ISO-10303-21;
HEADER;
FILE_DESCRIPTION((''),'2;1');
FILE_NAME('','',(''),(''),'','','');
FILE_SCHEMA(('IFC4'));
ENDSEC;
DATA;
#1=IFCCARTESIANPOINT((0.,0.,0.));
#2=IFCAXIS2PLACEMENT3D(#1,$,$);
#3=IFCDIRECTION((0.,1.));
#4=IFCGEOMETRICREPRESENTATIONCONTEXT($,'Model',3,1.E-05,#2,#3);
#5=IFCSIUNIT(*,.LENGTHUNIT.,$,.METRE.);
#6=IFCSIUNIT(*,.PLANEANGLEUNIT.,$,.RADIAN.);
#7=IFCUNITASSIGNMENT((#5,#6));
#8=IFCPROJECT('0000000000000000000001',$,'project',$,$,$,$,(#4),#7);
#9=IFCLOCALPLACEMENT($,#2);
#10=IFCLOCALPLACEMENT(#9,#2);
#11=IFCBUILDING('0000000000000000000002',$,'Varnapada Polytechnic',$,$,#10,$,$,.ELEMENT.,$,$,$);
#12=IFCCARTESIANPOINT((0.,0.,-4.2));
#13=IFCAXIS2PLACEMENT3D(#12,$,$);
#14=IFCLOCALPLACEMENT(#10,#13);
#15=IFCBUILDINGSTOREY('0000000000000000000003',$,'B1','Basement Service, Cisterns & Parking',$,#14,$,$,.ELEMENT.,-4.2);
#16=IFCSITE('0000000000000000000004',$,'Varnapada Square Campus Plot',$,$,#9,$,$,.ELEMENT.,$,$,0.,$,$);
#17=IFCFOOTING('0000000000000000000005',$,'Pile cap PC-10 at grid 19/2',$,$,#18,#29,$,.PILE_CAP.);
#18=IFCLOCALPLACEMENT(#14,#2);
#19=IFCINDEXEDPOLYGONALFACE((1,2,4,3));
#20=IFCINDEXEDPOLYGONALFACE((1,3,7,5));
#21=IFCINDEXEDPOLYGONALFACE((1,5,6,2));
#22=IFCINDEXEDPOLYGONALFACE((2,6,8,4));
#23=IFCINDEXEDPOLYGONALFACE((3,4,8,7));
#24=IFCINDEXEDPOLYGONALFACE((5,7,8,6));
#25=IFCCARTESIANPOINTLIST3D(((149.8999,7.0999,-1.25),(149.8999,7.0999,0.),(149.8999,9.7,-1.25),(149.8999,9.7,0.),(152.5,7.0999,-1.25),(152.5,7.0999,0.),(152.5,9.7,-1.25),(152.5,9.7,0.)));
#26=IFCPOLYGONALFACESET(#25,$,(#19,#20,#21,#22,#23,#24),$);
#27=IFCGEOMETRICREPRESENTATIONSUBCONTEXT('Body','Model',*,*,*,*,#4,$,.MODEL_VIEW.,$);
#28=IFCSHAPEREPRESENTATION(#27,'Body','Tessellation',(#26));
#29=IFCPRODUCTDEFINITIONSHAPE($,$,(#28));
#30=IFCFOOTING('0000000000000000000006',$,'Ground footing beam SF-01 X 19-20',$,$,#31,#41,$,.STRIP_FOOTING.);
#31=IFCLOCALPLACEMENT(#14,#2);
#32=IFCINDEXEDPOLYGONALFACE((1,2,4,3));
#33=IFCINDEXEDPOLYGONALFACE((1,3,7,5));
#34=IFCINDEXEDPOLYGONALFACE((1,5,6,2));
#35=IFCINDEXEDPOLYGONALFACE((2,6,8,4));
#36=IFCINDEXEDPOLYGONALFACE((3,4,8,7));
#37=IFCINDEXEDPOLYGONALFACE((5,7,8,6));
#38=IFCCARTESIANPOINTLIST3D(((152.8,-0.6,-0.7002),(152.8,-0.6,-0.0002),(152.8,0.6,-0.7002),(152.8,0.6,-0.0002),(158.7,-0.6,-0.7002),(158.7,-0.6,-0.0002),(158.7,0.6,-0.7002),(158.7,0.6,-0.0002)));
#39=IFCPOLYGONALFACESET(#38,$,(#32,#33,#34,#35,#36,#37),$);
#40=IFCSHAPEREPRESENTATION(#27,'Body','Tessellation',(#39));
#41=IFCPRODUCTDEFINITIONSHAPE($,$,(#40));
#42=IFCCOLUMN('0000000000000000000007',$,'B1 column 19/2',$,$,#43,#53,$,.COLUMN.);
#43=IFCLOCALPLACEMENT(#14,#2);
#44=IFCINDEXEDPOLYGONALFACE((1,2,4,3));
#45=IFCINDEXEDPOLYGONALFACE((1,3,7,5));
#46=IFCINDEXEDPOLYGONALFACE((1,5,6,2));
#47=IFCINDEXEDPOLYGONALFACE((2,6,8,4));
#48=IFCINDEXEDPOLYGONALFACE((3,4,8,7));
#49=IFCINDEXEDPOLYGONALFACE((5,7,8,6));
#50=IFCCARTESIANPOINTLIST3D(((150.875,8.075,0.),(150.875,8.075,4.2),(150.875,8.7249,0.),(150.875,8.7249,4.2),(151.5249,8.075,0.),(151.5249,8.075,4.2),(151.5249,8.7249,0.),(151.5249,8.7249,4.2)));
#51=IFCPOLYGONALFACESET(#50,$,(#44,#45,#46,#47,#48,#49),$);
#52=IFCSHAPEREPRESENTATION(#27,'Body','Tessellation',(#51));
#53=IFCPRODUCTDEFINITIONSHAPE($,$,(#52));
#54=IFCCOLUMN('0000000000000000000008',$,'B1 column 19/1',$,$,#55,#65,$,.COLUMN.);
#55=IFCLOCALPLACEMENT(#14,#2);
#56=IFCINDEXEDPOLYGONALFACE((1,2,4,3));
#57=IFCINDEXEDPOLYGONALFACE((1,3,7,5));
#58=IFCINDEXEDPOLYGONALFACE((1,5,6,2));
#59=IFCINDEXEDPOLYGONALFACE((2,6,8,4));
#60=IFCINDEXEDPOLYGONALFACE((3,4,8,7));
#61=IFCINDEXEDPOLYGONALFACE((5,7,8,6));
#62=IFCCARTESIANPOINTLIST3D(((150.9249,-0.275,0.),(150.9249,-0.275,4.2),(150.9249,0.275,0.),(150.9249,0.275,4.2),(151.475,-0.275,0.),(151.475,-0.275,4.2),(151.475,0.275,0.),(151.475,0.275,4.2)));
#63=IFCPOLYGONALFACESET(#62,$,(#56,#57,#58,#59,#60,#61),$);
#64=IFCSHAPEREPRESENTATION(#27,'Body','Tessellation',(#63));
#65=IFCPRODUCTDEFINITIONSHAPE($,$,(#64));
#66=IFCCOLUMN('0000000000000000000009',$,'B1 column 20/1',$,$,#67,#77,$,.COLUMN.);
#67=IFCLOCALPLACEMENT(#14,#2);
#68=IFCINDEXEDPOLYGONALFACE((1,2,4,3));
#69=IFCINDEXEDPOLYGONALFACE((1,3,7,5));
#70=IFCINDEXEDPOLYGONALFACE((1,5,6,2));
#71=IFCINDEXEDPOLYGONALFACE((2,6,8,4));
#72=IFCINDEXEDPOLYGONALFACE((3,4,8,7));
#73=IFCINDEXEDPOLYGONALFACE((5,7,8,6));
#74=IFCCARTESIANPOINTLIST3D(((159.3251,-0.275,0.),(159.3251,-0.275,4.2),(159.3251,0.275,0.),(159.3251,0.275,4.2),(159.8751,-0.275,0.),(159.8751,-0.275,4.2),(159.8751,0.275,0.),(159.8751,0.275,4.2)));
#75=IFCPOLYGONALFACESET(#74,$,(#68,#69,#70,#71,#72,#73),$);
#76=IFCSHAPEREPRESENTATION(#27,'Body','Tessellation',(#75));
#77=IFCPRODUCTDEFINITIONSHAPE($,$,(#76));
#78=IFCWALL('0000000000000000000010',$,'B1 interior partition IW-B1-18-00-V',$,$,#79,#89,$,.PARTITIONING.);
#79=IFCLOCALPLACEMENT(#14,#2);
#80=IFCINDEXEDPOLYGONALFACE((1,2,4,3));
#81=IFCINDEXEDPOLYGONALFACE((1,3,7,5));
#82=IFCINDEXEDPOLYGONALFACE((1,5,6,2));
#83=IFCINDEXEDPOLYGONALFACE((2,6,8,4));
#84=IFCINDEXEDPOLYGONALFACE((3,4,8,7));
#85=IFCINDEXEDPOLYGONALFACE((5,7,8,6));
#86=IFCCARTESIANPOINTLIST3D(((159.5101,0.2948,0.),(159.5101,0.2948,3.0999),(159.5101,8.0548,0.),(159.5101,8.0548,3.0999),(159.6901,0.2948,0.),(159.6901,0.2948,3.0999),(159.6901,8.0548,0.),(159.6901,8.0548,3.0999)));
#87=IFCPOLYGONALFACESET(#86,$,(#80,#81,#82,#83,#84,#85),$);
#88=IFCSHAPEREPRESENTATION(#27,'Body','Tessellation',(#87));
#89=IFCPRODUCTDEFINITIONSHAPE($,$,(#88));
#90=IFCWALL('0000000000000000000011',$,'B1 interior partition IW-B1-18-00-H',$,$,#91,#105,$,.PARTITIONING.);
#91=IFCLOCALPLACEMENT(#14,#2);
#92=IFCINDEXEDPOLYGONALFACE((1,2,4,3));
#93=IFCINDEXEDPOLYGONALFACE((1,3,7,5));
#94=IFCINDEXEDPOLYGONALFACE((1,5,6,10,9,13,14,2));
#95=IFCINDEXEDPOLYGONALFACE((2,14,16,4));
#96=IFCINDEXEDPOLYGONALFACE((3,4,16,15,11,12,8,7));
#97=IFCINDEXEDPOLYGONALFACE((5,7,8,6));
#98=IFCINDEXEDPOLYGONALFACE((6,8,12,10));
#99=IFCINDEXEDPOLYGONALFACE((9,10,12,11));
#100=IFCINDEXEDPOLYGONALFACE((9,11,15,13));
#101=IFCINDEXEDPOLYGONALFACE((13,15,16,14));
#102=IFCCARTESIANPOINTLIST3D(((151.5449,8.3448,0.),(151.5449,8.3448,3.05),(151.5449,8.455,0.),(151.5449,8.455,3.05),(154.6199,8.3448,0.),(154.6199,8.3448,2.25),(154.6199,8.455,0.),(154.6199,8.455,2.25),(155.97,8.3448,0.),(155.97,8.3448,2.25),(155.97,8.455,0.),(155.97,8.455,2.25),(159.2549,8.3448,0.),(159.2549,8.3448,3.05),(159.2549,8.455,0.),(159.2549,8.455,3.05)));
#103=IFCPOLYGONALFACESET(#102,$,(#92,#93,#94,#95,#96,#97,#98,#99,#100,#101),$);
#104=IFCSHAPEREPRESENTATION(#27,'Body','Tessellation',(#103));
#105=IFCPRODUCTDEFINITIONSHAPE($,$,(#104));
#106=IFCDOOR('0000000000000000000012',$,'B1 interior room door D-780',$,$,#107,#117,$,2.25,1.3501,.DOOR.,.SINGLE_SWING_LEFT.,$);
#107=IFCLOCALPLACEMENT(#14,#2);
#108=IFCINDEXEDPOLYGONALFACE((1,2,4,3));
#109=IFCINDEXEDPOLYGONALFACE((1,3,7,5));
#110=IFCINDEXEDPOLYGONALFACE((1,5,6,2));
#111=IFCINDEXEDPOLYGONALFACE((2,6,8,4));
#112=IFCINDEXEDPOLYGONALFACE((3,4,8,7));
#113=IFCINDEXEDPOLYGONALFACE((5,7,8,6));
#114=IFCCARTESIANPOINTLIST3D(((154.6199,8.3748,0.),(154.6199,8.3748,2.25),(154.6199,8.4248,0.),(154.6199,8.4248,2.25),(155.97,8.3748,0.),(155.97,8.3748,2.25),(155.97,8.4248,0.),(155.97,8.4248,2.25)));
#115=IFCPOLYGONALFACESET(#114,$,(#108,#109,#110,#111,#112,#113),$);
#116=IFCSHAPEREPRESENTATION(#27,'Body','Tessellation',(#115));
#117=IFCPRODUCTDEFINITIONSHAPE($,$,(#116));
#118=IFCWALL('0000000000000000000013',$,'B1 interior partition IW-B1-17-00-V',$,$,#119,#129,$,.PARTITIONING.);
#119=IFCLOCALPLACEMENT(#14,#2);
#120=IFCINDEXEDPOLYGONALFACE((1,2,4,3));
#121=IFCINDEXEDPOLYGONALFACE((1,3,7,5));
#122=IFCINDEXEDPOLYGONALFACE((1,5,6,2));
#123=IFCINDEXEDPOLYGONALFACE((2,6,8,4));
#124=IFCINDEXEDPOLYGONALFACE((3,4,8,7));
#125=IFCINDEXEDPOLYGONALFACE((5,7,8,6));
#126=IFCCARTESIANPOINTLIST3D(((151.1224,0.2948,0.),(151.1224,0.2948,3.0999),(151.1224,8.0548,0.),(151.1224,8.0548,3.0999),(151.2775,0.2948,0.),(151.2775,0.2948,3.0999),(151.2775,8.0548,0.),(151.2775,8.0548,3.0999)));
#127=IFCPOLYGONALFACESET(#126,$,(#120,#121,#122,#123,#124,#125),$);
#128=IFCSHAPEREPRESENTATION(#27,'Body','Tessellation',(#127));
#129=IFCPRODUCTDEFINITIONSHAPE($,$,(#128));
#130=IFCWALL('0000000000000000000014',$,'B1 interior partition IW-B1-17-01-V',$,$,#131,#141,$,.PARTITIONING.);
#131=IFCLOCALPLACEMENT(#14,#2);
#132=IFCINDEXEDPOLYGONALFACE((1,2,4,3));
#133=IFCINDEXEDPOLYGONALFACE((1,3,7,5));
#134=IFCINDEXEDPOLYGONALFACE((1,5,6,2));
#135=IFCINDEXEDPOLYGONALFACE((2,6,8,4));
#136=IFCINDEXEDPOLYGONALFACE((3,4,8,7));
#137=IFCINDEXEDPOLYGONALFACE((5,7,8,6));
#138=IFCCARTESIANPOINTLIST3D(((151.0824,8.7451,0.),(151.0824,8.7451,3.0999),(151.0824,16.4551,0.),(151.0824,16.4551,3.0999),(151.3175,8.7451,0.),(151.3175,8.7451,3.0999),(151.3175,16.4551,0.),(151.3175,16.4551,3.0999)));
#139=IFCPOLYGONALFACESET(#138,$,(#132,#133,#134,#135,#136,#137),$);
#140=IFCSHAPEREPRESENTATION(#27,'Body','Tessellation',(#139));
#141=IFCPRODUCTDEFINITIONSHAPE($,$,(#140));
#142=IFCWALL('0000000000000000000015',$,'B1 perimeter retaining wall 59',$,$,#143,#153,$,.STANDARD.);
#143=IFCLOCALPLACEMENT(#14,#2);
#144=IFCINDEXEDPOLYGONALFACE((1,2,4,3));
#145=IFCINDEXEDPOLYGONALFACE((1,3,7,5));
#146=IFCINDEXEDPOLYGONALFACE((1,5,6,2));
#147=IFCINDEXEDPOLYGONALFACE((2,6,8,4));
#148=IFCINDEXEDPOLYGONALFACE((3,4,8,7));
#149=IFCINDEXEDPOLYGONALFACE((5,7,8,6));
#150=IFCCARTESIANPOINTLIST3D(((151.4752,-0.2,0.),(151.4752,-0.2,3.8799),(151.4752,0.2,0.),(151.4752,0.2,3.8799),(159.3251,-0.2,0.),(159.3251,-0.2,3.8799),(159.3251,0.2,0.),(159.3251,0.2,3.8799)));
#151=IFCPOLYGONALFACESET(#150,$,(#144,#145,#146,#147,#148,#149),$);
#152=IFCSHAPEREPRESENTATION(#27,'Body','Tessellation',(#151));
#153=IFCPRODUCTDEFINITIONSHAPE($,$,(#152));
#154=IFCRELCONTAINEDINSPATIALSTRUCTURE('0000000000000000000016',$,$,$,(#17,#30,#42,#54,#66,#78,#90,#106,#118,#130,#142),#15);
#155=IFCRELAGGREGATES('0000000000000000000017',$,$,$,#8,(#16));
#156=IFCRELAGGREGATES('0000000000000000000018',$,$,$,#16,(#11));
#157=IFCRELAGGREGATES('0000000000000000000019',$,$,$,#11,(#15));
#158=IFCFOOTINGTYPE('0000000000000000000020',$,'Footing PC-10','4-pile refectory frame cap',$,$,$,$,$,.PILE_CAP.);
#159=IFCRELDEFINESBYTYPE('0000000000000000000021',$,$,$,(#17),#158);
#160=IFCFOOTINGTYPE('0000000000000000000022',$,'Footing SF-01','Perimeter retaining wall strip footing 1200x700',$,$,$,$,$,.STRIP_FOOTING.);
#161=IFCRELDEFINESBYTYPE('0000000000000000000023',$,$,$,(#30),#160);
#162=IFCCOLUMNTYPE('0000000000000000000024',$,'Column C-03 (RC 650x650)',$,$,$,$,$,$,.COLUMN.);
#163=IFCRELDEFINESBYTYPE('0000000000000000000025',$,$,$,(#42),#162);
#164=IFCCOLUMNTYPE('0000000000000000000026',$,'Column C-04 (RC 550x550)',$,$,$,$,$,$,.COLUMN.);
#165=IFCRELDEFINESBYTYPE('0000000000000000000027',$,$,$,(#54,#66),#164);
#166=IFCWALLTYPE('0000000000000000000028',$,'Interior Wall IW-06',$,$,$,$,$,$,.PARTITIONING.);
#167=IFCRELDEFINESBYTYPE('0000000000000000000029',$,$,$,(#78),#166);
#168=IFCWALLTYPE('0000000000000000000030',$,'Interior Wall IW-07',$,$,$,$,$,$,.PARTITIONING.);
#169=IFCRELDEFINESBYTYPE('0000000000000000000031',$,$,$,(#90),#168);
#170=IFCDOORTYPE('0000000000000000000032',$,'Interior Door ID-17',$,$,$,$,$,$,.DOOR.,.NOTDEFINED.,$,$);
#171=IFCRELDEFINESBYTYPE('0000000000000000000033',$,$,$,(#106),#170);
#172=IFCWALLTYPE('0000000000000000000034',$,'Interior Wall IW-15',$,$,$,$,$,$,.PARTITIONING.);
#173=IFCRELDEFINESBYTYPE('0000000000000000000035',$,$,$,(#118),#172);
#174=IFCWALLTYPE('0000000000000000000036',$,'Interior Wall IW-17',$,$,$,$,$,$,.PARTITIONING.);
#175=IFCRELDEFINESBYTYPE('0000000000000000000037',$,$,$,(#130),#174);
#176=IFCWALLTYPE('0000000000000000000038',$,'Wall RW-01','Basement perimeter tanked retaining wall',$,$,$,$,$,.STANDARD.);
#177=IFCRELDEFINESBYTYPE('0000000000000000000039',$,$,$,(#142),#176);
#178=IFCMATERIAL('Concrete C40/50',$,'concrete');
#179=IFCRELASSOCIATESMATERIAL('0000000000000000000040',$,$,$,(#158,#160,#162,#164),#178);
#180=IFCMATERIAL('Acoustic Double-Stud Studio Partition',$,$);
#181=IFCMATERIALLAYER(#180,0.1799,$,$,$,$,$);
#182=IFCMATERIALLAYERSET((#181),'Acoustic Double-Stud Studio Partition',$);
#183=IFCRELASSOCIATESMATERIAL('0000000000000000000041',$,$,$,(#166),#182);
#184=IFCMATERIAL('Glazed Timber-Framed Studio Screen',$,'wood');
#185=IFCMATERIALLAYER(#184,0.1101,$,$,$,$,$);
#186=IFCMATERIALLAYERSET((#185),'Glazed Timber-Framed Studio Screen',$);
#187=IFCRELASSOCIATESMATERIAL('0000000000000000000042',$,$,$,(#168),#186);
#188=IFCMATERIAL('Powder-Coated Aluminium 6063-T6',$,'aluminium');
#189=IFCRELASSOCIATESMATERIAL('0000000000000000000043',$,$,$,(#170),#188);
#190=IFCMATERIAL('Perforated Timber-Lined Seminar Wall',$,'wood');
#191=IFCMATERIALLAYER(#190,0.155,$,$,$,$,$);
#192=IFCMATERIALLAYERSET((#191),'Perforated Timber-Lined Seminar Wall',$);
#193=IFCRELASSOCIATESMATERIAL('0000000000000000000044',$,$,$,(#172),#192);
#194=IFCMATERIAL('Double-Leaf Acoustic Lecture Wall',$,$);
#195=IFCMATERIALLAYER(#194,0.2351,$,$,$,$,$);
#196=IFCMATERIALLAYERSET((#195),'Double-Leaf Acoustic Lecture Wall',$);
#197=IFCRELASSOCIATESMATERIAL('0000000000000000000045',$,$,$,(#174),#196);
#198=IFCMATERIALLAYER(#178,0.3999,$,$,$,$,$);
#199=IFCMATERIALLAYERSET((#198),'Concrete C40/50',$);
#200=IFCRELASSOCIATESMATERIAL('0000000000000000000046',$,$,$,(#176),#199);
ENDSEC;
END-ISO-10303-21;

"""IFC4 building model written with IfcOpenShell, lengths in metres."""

from ifc_helpers import new_model, si_unit, direction, frame, frame_2d, origin, origin_2d, place, context, subcontext, project, spatial, rectangle, extrude, material, layer, layer_set, material_profile, profile_set, type_object, element, fill, save


model = new_model("IFC4")

# Units and contexts
model_context = context("Model", 3, precision=1e-05, world=origin(), true_north=direction((0.0, 1.0)))
body_context = subcontext(model_context, "Body", "Model", "MODEL_VIEW")
ifc_project = project(units=[si_unit("LENGTHUNIT", "METRE"), si_unit("PLANEANGLEUNIT", "RADIAN")], contexts=[model_context])

# Site, building, storey
site_placement = place(None, origin())
site = spatial("IfcSite", under=ifc_project, at=site_placement, Name="Varnapada Square Campus Plot", CompositionType="ELEMENT", RefElevation=0.0)
building_placement = place(site_placement, origin())
building = spatial("IfcBuilding", under=site, at=building_placement, Name="Varnapada Polytechnic", CompositionType="ELEMENT")
storey_placement = place(building_placement, frame((0.0, 0.0, -4.2)))
storey = spatial("IfcBuildingStorey", under=building, at=storey_placement, Name="B1", Description="Basement Service, Cisterns & Parking", CompositionType="ELEMENT", Elevation=-4.2)

# Shared definitions
ifc_material_1 = material(Name="Concrete C40/50", Category="concrete")

# Footings
footing_type_1 = type_object("IfcFootingType", Name="Footing PC-10", Description="4-pile refectory frame cap", PredefinedType="PILE_CAP", material=ifc_material_1)
footing_1_placement = place(storey_placement, frame((151.2, 8.3999, -1.25), z_axis=(0.0, 0.0, 1.0), x_axis=(1.0, 0.0, 0.0)))
element("IfcFooting", 1, at=footing_1_placement, inside=storey, type_object=footing_type_1, Name="Pile cap PC-10 at grid 19/2", PredefinedType="PILE_CAP", context=body_context, shape_type="SweptSolid", body=[
    extrude(rectangle(XDim=2.6001, YDim=2.6001, at=origin_2d()), origin(), (0.0, 0.0, 1.0), 1.25),
])
footing_type_2 = type_object("IfcFootingType", Name="Footing SF-01", Description="Perimeter retaining wall strip footing 1200x700", PredefinedType="STRIP_FOOTING", material=ifc_material_1)
footing_2_placement = place(storey_placement, frame((155.75, 0.0, -0.7002), z_axis=(0.0, 0.0, 1.0), x_axis=(1.0, 0.0, 0.0)))
element("IfcFooting", 2, at=footing_2_placement, inside=storey, type_object=footing_type_2, Name="Ground footing beam SF-01 X 19-20", PredefinedType="STRIP_FOOTING", context=body_context, shape_type="SweptSolid", body=[
    extrude(rectangle(XDim=5.8999, YDim=1.2, at=origin_2d()), origin(), (0.0, 0.0, 1.0), 0.7),
])

# Columns
ifc_material_profile_1 = material_profile(ifc_material_1, rectangle(XDim=0.6499, YDim=0.6499, at=origin_2d()), Name="RC 650x650")
ifc_profile_set_1 = profile_set([ifc_material_profile_1], Name="Concrete C40/50")
column_type_1 = type_object("IfcColumnType", Name="Column C-03 (RC 650x650)", PredefinedType="COLUMN", material=ifc_profile_set_1)
column_placement = place(storey_placement, frame((151.2, 8.3999, 0.0), z_axis=(0.0, 0.0, 1.0), x_axis=(1.0, 0.0, 0.0)))
element("IfcColumn", 3, at=column_placement, inside=storey, type_object=column_type_1, Name="B1 column 19/2", PredefinedType="COLUMN", context=body_context, shape_type="SweptSolid", body=[
    extrude(rectangle(XDim=0.6499, YDim=0.6499, at=origin_2d()), origin(), (0.0, 0.0, 1.0), 4.2),
])
ifc_material_profile_2 = material_profile(ifc_material_1, rectangle(XDim=0.55, YDim=0.55, at=origin_2d()), Name="RC 550x550")
ifc_profile_set_2 = profile_set([ifc_material_profile_2], Name="Concrete C40/50")
column_type_2 = type_object("IfcColumnType", Name="Column C-04 (RC 550x550)", PredefinedType="COLUMN", material=ifc_profile_set_2)
for number, where, z_axis, x_axis, name in (
    (4, (151.2, 0.0, 0.0), (0.0, 0.0, 1.0), (1.0, 0.0, 0.0), "B1 column 19/1"),
    (5, (159.6001, 0.0, 0.0), (0.0, 0.0, 1.0), (1.0, 0.0, 0.0), "B1 column 20/1"),
):
    element("IfcColumn", number, at=place(storey_placement, frame(where, z_axis=z_axis, x_axis=x_axis)), inside=storey, type_object=column_type_2, Name=name, PredefinedType="COLUMN", context=body_context, shape_type="SweptSolid", body=[
        extrude(rectangle(XDim=0.55, YDim=0.55, at=origin_2d()), origin(), (0.0, 0.0, 1.0), 4.2),
    ])

# Wall
ifc_material_2 = material(Name="Acoustic Double-Stud Studio Partition")
ifc_layer_1 = layer(ifc_material_2, 0.1799)
ifc_layer_set_1 = layer_set([ifc_layer_1], Name="Acoustic Double-Stud Studio Partition")
wall_type_1 = type_object("IfcWallType", Name="Interior Wall IW-06", PredefinedType="PARTITIONING", material=ifc_layer_set_1)
wall_1_placement = place(storey_placement, frame((159.6001, 0.2949, 0.0), z_axis=(0.0, 0.0, 1.0), x_axis=(0.0, 1.0, 0.0)))
element("IfcWall", 6, at=wall_1_placement, inside=storey, type_object=wall_type_1, Name="B1 interior partition IW-B1-18-00-V", PredefinedType="PARTITIONING", context=body_context, shape_type="SweptSolid", body=[
    extrude(rectangle(XDim=7.76, YDim=0.1799, at=frame_2d((3.8799, 0.0))), origin(), (0.0, 0.0, 1.0), 3.0999),
])

# Wall, opening, door
ifc_material_3 = material(Name="Glazed Timber-Framed Studio Screen", Category="wood")
ifc_layer_2 = layer(ifc_material_3, 0.1101)
ifc_layer_set_2 = layer_set([ifc_layer_2], Name="Glazed Timber-Framed Studio Screen")
wall_type_2 = type_object("IfcWallType", Name="Interior Wall IW-07", PredefinedType="PARTITIONING", material=ifc_layer_set_2)
wall_2_placement = place(storey_placement, frame((151.5449, 8.3999, 0.0), z_axis=(0.0, 0.0, 1.0), x_axis=(1.0, 0.0, 0.0)))
wall_2 = element("IfcWall", 7, at=wall_2_placement, inside=storey, type_object=wall_type_2, Name="B1 interior partition IW-B1-18-00-H", PredefinedType="PARTITIONING", context=body_context, shape_type="SweptSolid", body=[
    extrude(rectangle(XDim=7.71, YDim=0.1101, at=frame_2d((3.855, 0.0))), origin(), (0.0, 0.0, 1.0), 3.05),
])
opening_placement = place(wall_2_placement, frame((3.075, 0.0, 0.0)))
opening = element("IfcOpeningElement", 8, at=opening_placement, cuts=wall_2, PredefinedType="OPENING", context=body_context, shape_type="SweptSolid", body=[
    extrude(rectangle(XDim=1.3501, YDim=2.25, at=frame_2d((0.675, 1.125))), frame((0.0, 0.0649, 0.0), z_axis=(0.0, -1.0, 0.0), x_axis=(1.0, 0.0, 0.0)), (0.0, 0.0, 1.0), 0.1301),
])
ifc_material_4 = material(Name="Powder-Coated Aluminium 6063-T6", Category="aluminium")
door_type = type_object("IfcDoorType", Name="Interior Door ID-17", OperationType="NOTDEFINED", PredefinedType="DOOR", material=ifc_material_4)
door_placement = place(opening_placement, origin())
door = element("IfcDoor", 9, at=door_placement, inside=storey, type_object=door_type, Name="B1 interior room door D-780", OperationType="SINGLE_SWING_LEFT", OverallHeight=2.25, OverallWidth=1.3501, PredefinedType="DOOR", context=body_context, shape_type="SweptSolid", body=[
    extrude(rectangle(XDim=1.3501, YDim=2.25, at=frame_2d((0.675, 1.125))), frame((0.0, 0.0249, 0.0), z_axis=(0.0, -1.0, 0.0), x_axis=(1.0, 0.0, 0.0)), (0.0, 0.0, 1.0), 0.05),
])
fill(opening, door)

# Walls
ifc_material_5 = material(Name="Perforated Timber-Lined Seminar Wall", Category="wood")
ifc_layer_3 = layer(ifc_material_5, 0.155)
ifc_layer_set_3 = layer_set([ifc_layer_3], Name="Perforated Timber-Lined Seminar Wall")
wall_type_3 = type_object("IfcWallType", Name="Interior Wall IW-15", PredefinedType="PARTITIONING", material=ifc_layer_set_3)
wall_3_placement = place(storey_placement, frame((151.2, 0.2949, 0.0), z_axis=(0.0, 0.0, 1.0), x_axis=(0.0, 1.0, 0.0)))
element("IfcWall", 10, at=wall_3_placement, inside=storey, type_object=wall_type_3, Name="B1 interior partition IW-B1-17-00-V", PredefinedType="PARTITIONING", context=body_context, shape_type="SweptSolid", body=[
    extrude(rectangle(XDim=7.76, YDim=0.155, at=frame_2d((3.8799, 0.0))), origin(), (0.0, 0.0, 1.0), 3.0999),
])
ifc_material_6 = material(Name="Double-Leaf Acoustic Lecture Wall")
ifc_layer_4 = layer(ifc_material_6, 0.2351)
ifc_layer_set_4 = layer_set([ifc_layer_4], Name="Double-Leaf Acoustic Lecture Wall")
wall_type_4 = type_object("IfcWallType", Name="Interior Wall IW-17", PredefinedType="PARTITIONING", material=ifc_layer_set_4)
wall_4_placement = place(storey_placement, frame((151.2, 8.7451, 0.0), z_axis=(0.0, 0.0, 1.0), x_axis=(0.0, 1.0, 0.0)))
element("IfcWall", 11, at=wall_4_placement, inside=storey, type_object=wall_type_4, Name="B1 interior partition IW-B1-17-01-V", PredefinedType="PARTITIONING", context=body_context, shape_type="SweptSolid", body=[
    extrude(rectangle(XDim=7.71, YDim=0.2351, at=frame_2d((3.855, 0.0))), origin(), (0.0, 0.0, 1.0), 3.0999),
])
ifc_layer_5 = layer(ifc_material_1, 0.3999)
ifc_layer_set_5 = layer_set([ifc_layer_5], Name="Concrete C40/50")
wall_type_5 = type_object("IfcWallType", Name="Wall RW-01", Description="Basement perimeter tanked retaining wall", PredefinedType="STANDARD", material=ifc_layer_set_5)
wall_5_placement = place(storey_placement, frame((159.325, 0.0, 0.0), z_axis=(0.0, 0.0, 1.0), x_axis=(-1.0, 0.0, 0.0)))
element("IfcWall", 12, at=wall_5_placement, inside=storey, type_object=wall_type_5, Name="B1 perimeter retaining wall 59", PredefinedType="STANDARD", context=body_context, shape_type="SweptSolid", body=[
    extrude(rectangle(XDim=7.8499, YDim=0.3999, at=frame_2d((3.9248, 0.0))), origin(), (0.0, 0.0, 1.0), 3.8799),
])

save(model, "model.ifc")
